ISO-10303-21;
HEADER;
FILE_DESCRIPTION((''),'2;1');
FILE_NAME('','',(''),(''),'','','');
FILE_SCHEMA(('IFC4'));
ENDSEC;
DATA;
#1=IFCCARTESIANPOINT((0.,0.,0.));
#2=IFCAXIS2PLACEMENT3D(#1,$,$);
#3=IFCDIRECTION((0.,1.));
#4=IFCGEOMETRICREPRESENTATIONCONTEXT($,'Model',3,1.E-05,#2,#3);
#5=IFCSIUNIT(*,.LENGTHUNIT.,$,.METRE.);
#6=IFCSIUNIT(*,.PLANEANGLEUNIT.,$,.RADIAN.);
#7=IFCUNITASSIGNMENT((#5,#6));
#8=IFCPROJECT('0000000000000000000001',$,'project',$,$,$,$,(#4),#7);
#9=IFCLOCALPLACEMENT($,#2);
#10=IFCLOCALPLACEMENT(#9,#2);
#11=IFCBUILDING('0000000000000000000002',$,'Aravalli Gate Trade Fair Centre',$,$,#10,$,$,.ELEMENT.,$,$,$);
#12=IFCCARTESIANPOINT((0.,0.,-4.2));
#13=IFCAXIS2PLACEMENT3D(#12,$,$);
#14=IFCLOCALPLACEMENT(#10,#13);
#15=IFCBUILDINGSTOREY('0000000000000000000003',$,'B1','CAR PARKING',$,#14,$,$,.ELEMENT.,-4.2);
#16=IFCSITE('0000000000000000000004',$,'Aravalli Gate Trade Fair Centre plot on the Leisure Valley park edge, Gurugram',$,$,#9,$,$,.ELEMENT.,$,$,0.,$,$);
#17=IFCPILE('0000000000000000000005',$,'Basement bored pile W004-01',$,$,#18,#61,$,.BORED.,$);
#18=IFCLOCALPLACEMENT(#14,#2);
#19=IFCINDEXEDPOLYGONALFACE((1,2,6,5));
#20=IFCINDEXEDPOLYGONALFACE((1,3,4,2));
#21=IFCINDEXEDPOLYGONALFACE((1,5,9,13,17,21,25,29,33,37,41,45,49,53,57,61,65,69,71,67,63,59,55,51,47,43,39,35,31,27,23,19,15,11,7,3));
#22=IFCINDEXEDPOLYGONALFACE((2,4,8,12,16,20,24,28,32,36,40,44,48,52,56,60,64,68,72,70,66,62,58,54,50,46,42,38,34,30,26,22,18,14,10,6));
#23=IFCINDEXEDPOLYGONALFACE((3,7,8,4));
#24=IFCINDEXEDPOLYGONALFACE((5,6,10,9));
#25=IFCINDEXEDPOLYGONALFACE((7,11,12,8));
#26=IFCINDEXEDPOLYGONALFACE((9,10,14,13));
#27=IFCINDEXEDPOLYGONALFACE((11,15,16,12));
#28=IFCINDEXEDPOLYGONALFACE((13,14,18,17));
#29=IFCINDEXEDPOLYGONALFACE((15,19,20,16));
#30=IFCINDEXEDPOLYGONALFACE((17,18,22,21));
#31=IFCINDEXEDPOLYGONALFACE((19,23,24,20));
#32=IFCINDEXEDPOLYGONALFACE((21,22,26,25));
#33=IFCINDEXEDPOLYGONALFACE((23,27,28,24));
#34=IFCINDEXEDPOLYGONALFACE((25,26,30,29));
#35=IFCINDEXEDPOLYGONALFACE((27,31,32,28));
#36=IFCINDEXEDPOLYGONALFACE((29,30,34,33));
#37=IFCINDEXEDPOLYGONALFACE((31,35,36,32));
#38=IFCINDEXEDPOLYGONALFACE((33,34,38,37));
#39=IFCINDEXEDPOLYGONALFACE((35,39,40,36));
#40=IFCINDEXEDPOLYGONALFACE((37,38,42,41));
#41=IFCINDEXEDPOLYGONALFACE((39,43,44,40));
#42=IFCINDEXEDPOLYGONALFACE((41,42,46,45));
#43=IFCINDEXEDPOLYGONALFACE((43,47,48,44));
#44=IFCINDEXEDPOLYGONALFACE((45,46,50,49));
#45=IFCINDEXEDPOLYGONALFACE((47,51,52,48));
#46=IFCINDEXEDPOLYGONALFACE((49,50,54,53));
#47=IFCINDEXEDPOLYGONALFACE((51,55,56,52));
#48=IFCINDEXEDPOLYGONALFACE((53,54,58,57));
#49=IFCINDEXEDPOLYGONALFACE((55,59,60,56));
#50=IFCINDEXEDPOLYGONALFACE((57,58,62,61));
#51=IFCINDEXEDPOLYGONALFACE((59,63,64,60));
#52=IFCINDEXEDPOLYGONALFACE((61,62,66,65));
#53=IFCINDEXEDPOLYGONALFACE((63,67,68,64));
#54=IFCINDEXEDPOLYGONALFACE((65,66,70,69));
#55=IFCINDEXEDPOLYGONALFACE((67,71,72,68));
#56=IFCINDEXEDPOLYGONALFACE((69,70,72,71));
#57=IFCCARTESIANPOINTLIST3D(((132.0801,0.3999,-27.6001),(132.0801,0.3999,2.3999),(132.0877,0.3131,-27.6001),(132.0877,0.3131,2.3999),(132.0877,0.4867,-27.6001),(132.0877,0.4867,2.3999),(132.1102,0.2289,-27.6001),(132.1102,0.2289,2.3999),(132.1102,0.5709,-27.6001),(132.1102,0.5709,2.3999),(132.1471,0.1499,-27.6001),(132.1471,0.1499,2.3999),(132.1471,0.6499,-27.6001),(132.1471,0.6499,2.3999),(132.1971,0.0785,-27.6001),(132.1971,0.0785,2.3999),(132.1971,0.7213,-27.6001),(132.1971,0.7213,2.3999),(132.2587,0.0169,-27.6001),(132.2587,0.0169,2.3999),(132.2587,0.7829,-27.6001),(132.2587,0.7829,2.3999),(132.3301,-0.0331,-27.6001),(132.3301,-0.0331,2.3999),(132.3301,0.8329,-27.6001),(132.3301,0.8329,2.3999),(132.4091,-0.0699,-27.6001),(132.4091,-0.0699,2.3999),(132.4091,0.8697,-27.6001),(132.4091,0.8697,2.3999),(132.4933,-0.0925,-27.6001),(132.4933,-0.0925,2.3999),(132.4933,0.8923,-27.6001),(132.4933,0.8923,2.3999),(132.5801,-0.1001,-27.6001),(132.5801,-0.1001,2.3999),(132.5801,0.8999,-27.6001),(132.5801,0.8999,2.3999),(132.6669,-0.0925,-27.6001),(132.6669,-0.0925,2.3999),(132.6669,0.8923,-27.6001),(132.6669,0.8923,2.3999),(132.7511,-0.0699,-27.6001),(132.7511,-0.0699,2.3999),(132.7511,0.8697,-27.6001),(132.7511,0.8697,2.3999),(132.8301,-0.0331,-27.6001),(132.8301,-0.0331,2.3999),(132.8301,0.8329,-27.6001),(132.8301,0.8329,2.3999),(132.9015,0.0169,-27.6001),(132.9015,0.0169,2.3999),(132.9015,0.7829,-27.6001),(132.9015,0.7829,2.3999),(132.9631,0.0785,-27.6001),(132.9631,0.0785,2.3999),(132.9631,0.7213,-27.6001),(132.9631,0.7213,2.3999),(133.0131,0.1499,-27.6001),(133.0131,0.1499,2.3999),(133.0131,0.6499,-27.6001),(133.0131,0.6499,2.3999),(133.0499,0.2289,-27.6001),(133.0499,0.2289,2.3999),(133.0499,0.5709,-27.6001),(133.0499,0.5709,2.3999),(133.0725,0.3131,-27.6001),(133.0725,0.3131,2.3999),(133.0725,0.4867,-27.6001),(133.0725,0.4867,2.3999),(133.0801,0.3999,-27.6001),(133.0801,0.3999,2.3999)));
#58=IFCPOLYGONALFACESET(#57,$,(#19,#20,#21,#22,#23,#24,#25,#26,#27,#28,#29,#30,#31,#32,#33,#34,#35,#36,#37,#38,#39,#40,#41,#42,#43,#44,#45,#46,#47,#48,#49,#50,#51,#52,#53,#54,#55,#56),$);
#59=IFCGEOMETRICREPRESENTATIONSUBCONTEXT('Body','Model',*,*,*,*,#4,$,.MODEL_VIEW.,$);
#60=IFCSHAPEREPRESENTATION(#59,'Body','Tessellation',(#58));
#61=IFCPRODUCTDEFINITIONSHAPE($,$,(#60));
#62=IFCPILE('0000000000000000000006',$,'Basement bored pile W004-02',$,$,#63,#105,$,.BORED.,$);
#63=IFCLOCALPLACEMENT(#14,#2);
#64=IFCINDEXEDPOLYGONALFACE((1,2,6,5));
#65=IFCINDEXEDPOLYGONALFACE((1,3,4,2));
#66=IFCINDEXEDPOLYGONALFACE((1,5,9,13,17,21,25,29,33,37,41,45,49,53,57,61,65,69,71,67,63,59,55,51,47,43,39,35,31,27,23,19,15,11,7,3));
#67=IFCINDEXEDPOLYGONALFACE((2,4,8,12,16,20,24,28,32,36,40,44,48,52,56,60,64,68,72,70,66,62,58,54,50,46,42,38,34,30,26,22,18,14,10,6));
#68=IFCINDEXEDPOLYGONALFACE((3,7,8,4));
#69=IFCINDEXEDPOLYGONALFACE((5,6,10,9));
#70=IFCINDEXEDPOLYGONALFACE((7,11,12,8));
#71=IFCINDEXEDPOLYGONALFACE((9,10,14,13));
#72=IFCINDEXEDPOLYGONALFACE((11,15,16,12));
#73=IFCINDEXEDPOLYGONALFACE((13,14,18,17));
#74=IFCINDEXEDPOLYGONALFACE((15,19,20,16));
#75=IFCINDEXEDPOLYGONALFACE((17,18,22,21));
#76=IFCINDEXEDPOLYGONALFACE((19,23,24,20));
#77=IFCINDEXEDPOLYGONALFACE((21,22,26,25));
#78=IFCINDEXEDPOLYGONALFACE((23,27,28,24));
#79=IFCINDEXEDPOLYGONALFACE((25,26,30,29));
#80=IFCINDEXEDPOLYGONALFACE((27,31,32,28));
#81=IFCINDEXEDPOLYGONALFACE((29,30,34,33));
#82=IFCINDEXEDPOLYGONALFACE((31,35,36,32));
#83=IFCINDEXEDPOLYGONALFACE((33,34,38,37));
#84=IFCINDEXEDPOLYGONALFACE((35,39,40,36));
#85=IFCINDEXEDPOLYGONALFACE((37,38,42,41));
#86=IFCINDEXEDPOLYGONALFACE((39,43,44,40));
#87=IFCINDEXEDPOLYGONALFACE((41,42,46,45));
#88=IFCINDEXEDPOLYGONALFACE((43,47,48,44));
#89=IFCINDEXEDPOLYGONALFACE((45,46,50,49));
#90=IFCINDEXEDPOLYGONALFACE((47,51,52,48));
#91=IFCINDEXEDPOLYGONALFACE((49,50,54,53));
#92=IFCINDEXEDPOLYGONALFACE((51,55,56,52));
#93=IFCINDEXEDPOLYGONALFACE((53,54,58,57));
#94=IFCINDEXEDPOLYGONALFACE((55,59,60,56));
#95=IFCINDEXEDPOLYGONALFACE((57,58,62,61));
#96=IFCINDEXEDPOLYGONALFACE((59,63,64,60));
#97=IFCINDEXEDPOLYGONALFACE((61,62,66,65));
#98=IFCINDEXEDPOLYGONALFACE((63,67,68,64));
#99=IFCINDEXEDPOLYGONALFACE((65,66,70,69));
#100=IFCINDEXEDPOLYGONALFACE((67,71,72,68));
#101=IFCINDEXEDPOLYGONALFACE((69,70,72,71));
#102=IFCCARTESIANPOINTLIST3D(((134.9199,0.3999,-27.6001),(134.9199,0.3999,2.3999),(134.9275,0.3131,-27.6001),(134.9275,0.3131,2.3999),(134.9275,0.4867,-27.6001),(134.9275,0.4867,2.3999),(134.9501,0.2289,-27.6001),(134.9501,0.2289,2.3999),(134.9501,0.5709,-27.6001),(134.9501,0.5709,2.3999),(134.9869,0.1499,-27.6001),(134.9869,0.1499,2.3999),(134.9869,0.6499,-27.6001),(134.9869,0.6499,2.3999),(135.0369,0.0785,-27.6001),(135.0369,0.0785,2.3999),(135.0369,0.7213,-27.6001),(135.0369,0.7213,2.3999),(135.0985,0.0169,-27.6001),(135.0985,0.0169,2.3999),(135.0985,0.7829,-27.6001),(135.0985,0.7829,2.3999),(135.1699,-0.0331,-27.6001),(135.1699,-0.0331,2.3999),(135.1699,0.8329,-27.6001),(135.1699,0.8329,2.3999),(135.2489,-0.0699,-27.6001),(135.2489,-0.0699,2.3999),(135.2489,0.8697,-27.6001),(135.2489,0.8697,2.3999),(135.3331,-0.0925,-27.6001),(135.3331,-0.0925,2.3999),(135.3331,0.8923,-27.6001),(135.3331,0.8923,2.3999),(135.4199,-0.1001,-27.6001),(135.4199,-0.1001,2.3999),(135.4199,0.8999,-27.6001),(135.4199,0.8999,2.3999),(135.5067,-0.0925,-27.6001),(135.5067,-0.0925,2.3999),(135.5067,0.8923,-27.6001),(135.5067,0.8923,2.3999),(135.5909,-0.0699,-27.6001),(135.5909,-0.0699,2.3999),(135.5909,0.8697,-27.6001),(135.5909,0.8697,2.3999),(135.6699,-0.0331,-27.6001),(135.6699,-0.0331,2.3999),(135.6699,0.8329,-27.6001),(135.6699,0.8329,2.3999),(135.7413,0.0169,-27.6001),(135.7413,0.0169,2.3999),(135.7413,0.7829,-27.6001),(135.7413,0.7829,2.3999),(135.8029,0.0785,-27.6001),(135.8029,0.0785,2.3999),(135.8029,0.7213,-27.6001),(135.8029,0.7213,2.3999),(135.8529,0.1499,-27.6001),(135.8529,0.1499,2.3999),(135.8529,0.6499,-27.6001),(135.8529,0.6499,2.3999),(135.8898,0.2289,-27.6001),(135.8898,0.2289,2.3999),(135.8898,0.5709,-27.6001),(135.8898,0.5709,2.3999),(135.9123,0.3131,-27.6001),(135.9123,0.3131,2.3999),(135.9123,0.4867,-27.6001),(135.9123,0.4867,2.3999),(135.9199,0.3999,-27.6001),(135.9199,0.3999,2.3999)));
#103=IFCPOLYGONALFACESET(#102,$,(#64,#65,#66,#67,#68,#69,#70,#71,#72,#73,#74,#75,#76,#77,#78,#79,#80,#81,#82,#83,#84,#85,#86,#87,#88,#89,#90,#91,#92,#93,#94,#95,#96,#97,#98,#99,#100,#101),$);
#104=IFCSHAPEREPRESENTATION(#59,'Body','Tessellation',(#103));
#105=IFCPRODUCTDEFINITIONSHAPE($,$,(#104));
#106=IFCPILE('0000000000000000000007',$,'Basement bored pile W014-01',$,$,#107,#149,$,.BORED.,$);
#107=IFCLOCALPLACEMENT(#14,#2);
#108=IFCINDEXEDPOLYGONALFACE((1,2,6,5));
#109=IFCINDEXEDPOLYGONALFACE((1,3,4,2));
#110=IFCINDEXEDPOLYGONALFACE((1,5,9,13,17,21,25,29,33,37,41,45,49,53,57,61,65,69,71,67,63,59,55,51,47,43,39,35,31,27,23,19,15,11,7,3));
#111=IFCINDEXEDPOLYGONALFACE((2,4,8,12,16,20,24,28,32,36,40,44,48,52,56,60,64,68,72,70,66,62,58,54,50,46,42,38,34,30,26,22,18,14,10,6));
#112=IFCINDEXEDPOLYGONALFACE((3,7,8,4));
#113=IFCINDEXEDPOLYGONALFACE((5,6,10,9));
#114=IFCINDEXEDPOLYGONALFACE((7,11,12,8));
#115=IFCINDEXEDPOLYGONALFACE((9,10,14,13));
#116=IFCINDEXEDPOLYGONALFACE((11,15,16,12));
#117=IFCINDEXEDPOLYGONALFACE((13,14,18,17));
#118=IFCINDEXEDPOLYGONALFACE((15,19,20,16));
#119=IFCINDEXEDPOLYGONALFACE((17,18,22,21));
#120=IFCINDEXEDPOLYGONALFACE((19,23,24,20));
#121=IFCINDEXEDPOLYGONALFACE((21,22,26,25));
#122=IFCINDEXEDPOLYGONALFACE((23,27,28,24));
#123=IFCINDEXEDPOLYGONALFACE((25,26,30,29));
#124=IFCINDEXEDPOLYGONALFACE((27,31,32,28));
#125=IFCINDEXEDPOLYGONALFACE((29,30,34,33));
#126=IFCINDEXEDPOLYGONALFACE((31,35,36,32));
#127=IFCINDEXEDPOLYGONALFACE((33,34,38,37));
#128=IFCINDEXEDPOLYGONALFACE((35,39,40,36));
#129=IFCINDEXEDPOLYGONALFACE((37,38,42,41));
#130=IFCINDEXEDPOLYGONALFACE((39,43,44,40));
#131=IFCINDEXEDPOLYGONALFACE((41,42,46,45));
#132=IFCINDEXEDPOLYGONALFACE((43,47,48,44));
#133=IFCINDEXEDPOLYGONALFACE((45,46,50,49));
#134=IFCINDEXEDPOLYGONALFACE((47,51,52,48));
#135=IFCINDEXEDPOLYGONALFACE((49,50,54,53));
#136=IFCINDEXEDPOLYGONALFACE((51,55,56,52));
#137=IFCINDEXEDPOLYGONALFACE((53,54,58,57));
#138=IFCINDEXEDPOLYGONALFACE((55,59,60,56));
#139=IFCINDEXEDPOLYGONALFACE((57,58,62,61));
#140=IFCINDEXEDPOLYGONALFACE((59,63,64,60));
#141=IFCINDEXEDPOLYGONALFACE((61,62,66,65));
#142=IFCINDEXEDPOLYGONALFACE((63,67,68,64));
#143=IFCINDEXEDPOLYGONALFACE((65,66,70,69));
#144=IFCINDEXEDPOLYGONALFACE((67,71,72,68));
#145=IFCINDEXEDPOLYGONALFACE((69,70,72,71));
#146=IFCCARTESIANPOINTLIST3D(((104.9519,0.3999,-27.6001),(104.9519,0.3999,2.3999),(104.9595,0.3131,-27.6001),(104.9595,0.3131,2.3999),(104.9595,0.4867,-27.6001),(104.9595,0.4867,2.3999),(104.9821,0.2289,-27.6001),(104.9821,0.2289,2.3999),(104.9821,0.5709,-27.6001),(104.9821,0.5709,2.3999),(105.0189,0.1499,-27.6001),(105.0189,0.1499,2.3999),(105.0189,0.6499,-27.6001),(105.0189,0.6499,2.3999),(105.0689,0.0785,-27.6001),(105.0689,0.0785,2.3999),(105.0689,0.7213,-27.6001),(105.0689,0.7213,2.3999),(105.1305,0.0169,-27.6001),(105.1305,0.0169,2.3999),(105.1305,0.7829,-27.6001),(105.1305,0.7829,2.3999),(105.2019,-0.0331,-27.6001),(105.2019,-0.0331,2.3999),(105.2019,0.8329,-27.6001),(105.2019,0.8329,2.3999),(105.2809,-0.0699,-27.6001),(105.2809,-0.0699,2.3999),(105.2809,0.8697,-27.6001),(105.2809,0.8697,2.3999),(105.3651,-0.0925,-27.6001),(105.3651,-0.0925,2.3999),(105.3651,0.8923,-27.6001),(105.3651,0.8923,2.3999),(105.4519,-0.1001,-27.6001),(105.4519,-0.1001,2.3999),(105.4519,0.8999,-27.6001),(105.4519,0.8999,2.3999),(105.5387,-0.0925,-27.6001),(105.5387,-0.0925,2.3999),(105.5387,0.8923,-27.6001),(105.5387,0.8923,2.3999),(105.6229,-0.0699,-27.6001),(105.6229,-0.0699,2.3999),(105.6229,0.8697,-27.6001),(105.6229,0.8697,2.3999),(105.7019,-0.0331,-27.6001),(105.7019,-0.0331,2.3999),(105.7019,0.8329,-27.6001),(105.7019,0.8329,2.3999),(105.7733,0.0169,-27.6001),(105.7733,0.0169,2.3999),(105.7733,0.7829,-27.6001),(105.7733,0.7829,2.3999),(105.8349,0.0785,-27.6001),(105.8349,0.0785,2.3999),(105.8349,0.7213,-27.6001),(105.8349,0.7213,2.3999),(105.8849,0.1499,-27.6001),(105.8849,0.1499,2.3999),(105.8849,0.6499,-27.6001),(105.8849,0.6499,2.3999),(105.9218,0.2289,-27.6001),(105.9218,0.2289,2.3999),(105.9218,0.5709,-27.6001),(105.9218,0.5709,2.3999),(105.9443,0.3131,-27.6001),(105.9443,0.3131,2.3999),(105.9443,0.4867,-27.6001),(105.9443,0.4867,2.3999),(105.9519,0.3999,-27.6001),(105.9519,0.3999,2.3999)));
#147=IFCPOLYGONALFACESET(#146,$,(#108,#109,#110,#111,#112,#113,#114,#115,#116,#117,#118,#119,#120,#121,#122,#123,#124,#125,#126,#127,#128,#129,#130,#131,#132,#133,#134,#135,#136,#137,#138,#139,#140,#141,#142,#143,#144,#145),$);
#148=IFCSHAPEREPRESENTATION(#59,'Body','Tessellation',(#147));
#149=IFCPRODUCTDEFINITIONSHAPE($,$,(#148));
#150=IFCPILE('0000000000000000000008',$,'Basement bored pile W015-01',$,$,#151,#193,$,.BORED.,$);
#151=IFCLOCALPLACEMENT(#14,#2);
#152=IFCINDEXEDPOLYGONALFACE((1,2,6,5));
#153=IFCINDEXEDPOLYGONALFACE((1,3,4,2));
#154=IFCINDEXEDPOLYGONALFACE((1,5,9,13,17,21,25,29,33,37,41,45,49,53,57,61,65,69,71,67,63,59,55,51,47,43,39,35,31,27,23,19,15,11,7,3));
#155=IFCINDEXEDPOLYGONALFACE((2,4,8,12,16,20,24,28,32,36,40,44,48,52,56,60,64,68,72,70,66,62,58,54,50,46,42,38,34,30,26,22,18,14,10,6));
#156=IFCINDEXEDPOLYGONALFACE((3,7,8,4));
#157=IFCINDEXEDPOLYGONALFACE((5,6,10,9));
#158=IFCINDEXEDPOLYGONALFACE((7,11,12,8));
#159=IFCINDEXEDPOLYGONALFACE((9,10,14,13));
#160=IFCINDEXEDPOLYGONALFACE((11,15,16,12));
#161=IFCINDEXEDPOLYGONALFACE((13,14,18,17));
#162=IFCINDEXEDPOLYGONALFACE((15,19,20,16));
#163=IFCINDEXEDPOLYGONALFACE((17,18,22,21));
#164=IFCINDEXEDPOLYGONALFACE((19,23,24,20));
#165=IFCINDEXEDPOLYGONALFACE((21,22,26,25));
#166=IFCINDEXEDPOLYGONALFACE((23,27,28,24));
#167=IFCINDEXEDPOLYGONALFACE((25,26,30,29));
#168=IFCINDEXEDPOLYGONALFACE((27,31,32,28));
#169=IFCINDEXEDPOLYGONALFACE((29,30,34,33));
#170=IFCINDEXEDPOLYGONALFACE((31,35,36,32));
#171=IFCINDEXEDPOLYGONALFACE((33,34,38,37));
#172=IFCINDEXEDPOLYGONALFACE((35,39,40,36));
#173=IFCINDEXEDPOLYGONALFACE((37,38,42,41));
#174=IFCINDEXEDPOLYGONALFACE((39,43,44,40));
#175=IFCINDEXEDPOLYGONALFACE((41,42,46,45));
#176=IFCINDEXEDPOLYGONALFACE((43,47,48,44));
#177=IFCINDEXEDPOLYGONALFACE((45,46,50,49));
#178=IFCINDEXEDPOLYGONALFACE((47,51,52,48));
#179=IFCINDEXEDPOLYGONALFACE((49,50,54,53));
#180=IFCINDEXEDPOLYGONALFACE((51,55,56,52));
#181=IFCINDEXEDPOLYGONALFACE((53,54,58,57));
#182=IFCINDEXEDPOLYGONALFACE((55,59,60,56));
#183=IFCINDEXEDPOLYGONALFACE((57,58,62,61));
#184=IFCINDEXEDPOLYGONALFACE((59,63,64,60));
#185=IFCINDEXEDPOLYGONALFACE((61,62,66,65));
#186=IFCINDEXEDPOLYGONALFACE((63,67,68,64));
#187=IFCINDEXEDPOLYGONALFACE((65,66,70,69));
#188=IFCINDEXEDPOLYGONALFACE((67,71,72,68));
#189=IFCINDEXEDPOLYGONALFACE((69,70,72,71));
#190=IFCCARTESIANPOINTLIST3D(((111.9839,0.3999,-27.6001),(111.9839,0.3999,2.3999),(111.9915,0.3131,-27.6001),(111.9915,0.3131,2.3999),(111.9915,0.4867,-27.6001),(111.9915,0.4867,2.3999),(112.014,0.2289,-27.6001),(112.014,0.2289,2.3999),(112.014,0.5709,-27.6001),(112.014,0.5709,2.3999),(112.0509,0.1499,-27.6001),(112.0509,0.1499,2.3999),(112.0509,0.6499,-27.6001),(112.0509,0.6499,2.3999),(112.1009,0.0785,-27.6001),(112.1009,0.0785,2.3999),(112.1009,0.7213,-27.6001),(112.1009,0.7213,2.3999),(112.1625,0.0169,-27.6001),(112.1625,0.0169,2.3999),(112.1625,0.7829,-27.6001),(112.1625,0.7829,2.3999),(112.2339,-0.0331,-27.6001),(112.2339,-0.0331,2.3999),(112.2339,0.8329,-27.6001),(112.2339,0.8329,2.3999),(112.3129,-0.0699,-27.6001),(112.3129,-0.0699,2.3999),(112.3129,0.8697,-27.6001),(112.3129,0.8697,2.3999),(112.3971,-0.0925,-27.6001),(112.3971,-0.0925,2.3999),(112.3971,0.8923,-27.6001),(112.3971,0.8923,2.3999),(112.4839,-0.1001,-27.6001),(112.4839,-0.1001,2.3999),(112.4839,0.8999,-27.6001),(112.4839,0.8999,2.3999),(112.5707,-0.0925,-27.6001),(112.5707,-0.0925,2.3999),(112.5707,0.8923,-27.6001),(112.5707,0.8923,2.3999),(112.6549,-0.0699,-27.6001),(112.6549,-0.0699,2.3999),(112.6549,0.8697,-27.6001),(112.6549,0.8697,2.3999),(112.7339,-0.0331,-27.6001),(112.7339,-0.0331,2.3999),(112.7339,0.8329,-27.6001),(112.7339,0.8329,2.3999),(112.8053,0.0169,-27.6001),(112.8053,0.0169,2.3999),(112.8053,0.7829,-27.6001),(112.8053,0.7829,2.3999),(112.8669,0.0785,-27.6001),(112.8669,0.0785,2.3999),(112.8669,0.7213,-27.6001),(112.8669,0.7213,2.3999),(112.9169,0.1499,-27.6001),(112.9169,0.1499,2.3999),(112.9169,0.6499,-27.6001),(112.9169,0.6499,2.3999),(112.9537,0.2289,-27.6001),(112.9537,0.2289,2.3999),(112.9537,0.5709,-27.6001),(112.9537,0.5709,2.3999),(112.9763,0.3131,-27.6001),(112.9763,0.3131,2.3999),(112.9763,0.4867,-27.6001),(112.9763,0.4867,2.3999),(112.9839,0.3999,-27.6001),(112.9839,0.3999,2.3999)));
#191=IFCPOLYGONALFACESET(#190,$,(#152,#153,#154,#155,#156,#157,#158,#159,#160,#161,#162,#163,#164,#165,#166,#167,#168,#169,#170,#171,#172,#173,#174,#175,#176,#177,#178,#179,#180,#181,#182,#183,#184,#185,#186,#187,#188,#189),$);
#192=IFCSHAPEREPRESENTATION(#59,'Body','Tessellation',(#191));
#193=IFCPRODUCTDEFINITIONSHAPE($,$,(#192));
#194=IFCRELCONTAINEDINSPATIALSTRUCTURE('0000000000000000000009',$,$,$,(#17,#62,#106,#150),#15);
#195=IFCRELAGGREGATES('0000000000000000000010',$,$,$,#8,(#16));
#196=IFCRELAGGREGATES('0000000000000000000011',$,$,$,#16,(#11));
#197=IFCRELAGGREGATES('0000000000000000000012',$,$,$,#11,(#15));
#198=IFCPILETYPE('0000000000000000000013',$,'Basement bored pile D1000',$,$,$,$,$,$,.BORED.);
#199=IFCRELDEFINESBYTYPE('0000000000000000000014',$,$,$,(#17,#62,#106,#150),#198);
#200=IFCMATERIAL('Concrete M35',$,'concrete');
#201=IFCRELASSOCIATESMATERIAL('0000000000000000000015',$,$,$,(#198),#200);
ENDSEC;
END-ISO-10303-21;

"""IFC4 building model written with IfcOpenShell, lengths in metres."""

from ifc_helpers import new_model, si_unit, direction, frame, origin, origin_2d, place, context, subcontext, project, spatial, circle, extrude, material, material_profile, profile_set, type_object, element, save


model = new_model("IFC4")

# Units and contexts
model_context = context("Model", 3, precision=1e-05, world=origin(), true_north=direction((0.0, 1.0)))
body_context = subcontext(model_context, "Body", "Model", "MODEL_VIEW")
ifc_project = project(units=[si_unit("LENGTHUNIT", "METRE"), si_unit("PLANEANGLEUNIT", "RADIAN")], contexts=[model_context])

# Site, building, storey
site_placement = place(None, origin())
site = spatial("IfcSite", under=ifc_project, at=site_placement, Name="Aravalli Gate Trade Fair Centre plot on the Leisure Valley park edge, Gurugram", CompositionType="ELEMENT", RefElevation=0.0)
building_placement = place(site_placement, origin())
building = spatial("IfcBuilding", under=site, at=building_placement, Name="Aravalli Gate Trade Fair Centre", CompositionType="ELEMENT")
storey_placement = place(building_placement, frame((0.0, 0.0, -4.2)))
storey = spatial("IfcBuildingStorey", under=building, at=storey_placement, Name="B1", Description="CAR PARKING", CompositionType="ELEMENT", Elevation=-4.2)

# Piles
ifc_material = material(Name="Concrete M35", Category="concrete")
ifc_material_profile = material_profile(ifc_material, circle(Radius=0.5, at=origin_2d()), Name="D1000")
ifc_profile_set = profile_set([ifc_material_profile], Name="Concrete M35")
pile_type = type_object("IfcPileType", Name="Basement bored pile D1000", PredefinedType="BORED", material=ifc_profile_set)
for number, where, z_axis, x_axis, name in (
    (1, (132.5801, 0.3999, 2.3999), (0.0, 0.0, -1.0), (1.0, 0.0, 0.0), "Basement bored pile W004-01"),
    (2, (135.4199, 0.3999, 2.3999), (0.0, 0.0, -1.0), (1.0, 0.0, 0.0), "Basement bored pile W004-02"),
    (3, (105.4519, 0.3999, 2.3999), (0.0, 0.0, -1.0), (1.0, 0.0, 0.0), "Basement bored pile W014-01"),
    (4, (112.4839, 0.3999, 2.3999), (0.0, 0.0, -1.0), (1.0, 0.0, 0.0), "Basement bored pile W015-01"),
):
    element("IfcPile", number, at=place(storey_placement, frame(where, z_axis=z_axis, x_axis=x_axis)), inside=storey, type_object=pile_type, Name=name, PredefinedType="BORED", context=body_context, shape_type="SweptSolid", body=[
        extrude(circle(Radius=0.5, at=origin_2d()), origin(), (0.0, 0.0, 1.0), 30.0),
    ])

save(model, "model.ifc")
